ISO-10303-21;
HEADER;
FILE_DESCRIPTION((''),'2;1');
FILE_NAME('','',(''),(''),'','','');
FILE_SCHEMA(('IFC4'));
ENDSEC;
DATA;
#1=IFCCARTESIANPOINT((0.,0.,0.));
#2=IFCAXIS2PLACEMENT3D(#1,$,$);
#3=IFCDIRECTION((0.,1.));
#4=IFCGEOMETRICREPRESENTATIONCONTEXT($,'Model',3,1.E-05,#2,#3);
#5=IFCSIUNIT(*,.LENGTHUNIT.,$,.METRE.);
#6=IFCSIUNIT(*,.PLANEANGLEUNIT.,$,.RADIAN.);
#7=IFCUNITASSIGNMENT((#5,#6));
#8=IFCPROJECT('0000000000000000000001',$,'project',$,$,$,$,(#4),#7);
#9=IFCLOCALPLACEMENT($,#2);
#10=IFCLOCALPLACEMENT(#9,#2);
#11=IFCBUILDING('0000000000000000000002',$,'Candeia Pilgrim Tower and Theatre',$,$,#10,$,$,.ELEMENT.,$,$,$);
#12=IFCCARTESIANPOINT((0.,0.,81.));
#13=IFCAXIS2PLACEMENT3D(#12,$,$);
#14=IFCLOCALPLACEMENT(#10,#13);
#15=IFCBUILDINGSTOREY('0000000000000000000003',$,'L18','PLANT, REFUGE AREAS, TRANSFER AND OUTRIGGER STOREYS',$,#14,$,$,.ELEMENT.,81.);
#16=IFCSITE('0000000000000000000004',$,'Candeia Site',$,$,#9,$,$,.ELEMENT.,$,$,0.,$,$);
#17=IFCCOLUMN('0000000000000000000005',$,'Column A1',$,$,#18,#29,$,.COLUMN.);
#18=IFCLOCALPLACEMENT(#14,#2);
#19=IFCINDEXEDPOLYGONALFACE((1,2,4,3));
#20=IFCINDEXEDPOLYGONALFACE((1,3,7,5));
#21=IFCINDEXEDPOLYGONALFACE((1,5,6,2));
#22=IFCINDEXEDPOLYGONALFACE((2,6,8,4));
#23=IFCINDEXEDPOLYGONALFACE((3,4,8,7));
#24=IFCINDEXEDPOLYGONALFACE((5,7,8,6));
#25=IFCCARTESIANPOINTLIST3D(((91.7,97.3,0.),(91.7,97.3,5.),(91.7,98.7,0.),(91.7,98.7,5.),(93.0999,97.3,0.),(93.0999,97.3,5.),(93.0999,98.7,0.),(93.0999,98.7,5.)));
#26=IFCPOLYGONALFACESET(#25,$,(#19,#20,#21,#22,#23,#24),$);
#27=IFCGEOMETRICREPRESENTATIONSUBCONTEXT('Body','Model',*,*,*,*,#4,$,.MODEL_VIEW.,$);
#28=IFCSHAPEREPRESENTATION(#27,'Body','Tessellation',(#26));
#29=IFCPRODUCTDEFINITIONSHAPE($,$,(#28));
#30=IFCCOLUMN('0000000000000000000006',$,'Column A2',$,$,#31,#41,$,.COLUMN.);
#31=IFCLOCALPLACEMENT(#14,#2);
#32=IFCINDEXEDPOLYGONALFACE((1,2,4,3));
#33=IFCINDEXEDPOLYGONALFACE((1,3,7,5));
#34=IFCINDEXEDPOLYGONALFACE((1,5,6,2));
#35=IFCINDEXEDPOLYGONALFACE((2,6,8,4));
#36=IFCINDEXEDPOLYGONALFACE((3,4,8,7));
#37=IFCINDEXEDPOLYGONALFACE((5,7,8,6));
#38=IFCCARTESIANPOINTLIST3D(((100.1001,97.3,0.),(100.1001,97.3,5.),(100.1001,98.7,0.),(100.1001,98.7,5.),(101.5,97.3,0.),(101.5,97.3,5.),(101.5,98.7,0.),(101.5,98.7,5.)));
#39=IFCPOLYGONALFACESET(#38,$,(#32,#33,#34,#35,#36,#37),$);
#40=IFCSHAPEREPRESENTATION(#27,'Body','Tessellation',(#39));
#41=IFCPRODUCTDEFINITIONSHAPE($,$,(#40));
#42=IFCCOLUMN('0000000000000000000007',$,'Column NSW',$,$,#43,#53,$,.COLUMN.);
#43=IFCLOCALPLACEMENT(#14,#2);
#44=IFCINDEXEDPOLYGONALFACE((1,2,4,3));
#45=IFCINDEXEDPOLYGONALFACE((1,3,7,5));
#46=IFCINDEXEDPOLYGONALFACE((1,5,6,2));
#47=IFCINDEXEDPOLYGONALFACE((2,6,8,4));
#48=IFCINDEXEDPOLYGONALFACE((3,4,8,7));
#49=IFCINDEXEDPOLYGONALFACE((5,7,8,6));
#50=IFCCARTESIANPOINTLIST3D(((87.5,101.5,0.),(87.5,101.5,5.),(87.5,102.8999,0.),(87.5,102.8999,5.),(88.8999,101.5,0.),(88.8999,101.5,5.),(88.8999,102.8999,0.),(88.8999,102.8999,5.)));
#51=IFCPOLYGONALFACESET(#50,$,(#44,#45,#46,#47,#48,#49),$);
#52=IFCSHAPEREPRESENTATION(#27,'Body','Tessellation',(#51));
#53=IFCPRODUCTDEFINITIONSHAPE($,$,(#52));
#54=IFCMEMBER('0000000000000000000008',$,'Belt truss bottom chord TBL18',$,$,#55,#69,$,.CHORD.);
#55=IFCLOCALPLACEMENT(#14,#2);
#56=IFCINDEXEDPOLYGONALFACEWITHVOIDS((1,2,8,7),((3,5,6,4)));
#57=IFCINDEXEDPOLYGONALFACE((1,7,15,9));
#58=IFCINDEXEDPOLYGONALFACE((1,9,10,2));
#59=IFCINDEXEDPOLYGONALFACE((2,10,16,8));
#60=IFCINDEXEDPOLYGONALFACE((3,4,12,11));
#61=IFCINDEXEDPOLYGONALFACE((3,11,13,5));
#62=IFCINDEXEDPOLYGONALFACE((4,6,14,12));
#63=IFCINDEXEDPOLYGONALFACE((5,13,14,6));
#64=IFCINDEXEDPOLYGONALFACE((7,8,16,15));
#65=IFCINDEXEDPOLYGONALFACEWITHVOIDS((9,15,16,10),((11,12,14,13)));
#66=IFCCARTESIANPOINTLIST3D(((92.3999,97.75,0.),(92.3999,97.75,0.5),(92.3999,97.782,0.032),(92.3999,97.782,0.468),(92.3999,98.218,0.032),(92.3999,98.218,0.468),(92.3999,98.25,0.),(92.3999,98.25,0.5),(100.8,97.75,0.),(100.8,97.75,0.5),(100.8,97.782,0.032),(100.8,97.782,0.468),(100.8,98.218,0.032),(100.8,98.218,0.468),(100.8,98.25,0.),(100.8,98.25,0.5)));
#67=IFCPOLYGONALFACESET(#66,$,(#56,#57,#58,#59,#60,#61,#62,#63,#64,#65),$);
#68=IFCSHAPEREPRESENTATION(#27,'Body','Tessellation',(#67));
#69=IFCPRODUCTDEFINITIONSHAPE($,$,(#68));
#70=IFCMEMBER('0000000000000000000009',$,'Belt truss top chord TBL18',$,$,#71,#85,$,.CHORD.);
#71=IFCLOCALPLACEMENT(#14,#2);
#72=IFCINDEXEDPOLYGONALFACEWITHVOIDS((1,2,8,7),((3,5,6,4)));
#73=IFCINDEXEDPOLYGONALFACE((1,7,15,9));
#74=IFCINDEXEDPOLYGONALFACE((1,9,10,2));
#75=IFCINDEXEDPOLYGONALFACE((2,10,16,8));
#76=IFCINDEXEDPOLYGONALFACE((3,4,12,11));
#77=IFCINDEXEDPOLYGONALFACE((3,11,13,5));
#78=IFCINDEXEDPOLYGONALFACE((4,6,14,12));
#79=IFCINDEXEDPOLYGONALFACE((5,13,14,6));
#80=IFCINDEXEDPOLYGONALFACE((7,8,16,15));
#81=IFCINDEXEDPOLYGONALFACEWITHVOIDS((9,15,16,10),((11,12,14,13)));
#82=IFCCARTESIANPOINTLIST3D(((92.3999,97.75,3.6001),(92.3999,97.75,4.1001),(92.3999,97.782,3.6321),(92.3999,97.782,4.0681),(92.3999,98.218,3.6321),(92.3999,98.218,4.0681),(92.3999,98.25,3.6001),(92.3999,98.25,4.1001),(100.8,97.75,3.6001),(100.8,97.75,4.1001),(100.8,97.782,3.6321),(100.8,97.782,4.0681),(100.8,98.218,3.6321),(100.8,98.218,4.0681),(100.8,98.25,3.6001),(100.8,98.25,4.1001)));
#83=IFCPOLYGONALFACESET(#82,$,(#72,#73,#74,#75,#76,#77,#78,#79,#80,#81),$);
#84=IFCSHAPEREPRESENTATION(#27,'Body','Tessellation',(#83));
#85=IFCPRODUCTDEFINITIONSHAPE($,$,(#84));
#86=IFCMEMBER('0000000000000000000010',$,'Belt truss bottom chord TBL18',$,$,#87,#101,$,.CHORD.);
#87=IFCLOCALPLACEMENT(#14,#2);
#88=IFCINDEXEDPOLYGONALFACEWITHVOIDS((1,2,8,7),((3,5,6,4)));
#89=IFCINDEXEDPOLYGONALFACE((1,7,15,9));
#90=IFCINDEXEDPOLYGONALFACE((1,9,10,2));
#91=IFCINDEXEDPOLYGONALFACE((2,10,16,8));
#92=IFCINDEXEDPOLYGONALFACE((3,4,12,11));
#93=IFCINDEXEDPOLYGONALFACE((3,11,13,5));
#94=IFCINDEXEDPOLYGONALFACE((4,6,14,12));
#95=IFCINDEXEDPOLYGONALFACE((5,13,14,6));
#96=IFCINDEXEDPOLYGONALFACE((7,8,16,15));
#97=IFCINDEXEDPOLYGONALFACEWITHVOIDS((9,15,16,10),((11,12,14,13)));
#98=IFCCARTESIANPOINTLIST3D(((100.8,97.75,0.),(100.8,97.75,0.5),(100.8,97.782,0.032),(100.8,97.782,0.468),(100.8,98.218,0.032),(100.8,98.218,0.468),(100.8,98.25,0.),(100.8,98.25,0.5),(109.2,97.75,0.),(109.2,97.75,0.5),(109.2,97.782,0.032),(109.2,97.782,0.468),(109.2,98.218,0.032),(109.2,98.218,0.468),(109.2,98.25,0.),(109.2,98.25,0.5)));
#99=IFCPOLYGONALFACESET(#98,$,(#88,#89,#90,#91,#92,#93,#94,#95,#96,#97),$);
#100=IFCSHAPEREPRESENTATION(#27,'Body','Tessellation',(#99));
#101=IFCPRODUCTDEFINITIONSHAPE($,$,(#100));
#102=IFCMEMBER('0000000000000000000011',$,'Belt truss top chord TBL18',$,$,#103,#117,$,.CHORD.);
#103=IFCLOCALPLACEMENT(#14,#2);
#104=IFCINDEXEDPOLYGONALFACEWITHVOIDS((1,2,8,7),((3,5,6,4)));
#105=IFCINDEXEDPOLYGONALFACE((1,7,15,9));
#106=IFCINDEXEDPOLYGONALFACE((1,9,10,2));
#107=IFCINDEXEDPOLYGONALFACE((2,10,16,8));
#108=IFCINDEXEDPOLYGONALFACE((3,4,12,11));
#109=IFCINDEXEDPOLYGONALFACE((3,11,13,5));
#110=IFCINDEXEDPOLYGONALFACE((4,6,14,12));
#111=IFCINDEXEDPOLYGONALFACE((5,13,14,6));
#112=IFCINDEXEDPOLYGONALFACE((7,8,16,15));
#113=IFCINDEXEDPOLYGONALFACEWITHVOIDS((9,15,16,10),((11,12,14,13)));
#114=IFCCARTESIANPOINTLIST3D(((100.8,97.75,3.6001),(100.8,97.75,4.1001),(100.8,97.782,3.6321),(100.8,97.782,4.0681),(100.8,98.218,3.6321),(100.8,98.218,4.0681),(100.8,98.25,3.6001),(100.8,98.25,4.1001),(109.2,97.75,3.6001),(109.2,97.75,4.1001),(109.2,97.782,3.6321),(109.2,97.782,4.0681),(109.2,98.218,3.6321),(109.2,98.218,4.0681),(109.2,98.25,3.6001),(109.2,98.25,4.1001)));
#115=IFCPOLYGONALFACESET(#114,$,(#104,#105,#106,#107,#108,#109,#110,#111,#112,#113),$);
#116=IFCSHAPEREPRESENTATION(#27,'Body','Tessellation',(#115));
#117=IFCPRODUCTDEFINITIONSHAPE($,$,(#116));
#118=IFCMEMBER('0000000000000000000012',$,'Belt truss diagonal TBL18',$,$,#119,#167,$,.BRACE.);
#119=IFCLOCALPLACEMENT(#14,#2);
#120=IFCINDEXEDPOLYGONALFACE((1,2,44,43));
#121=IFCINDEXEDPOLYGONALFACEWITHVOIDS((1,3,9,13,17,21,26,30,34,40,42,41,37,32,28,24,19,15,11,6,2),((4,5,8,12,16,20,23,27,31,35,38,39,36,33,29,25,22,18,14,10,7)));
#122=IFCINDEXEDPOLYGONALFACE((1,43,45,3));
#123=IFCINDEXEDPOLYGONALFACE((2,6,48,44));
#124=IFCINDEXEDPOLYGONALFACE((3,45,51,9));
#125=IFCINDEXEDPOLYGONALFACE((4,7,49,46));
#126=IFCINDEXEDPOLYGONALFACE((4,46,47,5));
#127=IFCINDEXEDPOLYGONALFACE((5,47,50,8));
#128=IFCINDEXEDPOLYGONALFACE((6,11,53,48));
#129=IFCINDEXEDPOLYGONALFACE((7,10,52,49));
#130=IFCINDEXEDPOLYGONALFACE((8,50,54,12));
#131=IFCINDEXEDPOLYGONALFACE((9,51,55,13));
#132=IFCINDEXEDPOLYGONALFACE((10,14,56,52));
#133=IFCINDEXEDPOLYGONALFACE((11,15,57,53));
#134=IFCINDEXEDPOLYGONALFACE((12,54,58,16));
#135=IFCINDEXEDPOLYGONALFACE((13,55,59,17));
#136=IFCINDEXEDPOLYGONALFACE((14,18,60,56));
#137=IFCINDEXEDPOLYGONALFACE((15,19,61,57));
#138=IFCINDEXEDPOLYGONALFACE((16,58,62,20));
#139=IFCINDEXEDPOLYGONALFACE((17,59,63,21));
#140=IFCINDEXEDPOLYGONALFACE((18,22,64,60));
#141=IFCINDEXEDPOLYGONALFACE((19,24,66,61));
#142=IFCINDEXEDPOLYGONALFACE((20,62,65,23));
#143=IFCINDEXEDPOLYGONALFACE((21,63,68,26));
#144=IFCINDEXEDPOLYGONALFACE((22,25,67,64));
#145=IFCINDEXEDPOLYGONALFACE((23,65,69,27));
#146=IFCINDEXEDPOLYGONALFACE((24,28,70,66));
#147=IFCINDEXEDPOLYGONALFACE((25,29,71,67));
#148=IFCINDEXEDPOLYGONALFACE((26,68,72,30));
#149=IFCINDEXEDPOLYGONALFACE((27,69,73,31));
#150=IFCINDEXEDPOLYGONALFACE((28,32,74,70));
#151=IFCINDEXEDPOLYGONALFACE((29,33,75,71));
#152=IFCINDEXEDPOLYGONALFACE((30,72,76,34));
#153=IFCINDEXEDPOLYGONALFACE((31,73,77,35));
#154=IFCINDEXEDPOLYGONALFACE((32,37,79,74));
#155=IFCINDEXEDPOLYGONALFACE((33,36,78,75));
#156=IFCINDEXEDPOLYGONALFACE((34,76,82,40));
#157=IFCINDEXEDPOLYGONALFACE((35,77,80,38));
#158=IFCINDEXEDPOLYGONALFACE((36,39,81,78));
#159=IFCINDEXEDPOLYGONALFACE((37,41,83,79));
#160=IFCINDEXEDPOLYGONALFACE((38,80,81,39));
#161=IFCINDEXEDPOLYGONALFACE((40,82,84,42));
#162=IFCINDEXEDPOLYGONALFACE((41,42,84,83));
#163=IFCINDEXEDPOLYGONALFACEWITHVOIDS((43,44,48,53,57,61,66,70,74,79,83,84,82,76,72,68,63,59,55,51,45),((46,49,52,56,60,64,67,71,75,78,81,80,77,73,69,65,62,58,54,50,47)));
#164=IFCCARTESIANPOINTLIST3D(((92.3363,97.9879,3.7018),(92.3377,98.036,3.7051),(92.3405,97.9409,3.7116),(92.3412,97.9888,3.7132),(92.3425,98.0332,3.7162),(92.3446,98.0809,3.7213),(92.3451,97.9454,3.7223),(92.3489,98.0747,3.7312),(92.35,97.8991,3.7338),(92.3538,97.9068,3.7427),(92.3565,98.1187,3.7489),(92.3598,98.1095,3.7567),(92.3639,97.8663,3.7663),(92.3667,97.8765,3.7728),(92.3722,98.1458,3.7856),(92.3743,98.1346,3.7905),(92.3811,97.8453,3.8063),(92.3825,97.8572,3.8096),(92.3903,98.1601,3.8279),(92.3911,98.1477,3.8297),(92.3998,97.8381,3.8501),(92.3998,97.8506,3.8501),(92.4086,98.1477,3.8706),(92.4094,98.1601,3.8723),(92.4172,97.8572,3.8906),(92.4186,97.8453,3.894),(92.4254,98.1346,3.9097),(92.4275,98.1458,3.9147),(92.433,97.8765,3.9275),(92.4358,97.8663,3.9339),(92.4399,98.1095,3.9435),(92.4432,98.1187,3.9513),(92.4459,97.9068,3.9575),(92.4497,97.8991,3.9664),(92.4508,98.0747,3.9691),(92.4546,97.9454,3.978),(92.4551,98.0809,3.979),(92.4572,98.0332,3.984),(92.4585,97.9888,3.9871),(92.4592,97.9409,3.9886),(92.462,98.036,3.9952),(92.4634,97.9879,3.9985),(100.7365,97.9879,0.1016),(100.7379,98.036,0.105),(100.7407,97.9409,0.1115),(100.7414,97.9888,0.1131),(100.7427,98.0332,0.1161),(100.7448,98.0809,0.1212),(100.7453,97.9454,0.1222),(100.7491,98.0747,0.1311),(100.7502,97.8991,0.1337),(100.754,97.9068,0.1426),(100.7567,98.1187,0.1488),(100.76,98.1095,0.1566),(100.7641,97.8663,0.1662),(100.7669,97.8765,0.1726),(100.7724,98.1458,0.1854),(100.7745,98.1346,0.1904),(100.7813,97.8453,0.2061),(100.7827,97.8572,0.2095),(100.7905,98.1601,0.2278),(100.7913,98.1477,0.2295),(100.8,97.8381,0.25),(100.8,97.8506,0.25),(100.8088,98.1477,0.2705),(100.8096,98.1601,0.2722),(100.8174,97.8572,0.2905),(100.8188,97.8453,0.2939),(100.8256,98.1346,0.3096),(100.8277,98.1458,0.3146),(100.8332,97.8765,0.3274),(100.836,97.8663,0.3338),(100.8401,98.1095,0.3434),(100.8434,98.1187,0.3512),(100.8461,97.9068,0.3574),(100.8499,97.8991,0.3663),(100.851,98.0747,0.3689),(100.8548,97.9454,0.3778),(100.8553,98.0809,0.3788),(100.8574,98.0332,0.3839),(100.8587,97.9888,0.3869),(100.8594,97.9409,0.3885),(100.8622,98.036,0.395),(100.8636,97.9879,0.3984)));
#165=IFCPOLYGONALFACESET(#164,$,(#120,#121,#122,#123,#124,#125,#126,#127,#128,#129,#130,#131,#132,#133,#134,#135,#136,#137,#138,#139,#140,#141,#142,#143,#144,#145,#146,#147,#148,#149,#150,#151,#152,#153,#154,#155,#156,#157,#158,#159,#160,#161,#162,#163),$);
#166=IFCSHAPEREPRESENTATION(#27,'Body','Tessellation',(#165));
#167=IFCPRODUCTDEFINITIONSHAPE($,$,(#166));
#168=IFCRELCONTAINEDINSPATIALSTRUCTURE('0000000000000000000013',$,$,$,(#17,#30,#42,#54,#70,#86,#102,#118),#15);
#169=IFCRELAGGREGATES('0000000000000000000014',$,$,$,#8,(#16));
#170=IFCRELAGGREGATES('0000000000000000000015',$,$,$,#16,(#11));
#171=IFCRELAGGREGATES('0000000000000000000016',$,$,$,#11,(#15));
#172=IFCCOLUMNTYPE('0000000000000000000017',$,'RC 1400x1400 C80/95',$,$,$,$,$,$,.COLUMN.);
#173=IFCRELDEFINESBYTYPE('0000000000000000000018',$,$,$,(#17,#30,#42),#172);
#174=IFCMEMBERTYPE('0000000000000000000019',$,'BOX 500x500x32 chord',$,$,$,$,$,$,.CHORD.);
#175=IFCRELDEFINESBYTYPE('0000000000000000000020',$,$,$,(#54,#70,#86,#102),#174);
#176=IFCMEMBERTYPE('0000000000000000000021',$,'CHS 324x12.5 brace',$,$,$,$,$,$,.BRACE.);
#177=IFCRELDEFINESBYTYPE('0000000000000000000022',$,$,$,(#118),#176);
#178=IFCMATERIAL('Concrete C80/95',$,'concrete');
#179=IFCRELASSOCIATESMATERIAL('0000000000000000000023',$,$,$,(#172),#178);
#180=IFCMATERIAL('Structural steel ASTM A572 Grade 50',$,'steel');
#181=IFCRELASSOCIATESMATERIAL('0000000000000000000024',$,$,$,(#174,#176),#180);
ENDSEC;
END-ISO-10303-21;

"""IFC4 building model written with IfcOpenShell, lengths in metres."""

from ifc_helpers import new_model, si_unit, direction, frame, origin, origin_2d, place, context, subcontext, project, spatial, rectangle, hollow_rectangle, hollow_circle, extrude, material, material_profile, profile_set, type_object, element, save


model = new_model("IFC4")

# Units and contexts
model_context = context("Model", 3, precision=1e-05, world=origin(), true_north=direction((0.0, 1.0)))
body_context = subcontext(model_context, "Body", "Model", "MODEL_VIEW")
ifc_project = project(units=[si_unit("LENGTHUNIT", "METRE"), si_unit("PLANEANGLEUNIT", "RADIAN")], contexts=[model_context])

# Site, building, storey
site_placement = place(None, origin())
site = spatial("IfcSite", under=ifc_project, at=site_placement, Name="Candeia Site", CompositionType="ELEMENT", RefElevation=0.0)
building_placement = place(site_placement, origin())
building = spatial("IfcBuilding", under=site, at=building_placement, Name="Candeia Pilgrim Tower and Theatre", CompositionType="ELEMENT")
storey_placement = place(building_placement, frame((0.0, 0.0, 81.0)))
storey = spatial("IfcBuildingStorey", under=building, at=storey_placement, Name="L18", Description="PLANT, REFUGE AREAS, TRANSFER AND OUTRIGGER STOREYS", CompositionType="ELEMENT", Elevation=81.0)

# Columns
ifc_material_1 = material(Name="Concrete C80/95", Category="concrete")
ifc_material_profile_1 = material_profile(ifc_material_1, rectangle(XDim=1.3999, YDim=1.3999, at=origin_2d()))
ifc_profile_set_1 = profile_set([ifc_material_profile_1], Name="Concrete C80/95")
column_type = type_object("IfcColumnType", Name="RC 1400x1400 C80/95", PredefinedType="COLUMN", material=ifc_profile_set_1)
for number, where, z_axis, x_axis, name in (
    (1, (92.3999, 98.0, 0.0), (0.0, 0.0, 1.0), (1.0, 0.0, 0.0), "Column A1"),
    (2, (100.8, 98.0, 0.0), (0.0, 0.0, 1.0), (1.0, 0.0, 0.0), "Column A2"),
    (3, (88.2, 102.2, 0.0), (0.0, 0.0, 1.0), (1.0, 0.0, 0.0), "Column NSW"),
):
    element("IfcColumn", number, at=place(storey_placement, frame(where, z_axis=z_axis, x_axis=x_axis)), inside=storey, type_object=column_type, Name=name, PredefinedType="COLUMN", context=body_context, shape_type="SweptSolid", body=[
        extrude(rectangle(XDim=1.3999, YDim=1.3999, at=origin_2d()), origin(), (0.0, 0.0, 1.0), 5.0),
    ])

# Members
ifc_material_2 = material(Name="Structural steel ASTM A572 Grade 50", Category="steel")
ifc_material_profile_2 = material_profile(ifc_material_2, hollow_rectangle(XDim=0.5, YDim=0.5, WallThickness=0.032, at=origin_2d()))
ifc_profile_set_2 = profile_set([ifc_material_profile_2], Name="Structural steel ASTM A572 Grade 50")
member_type_1 = type_object("IfcMemberType", Name="BOX 500x500x32 chord", PredefinedType="CHORD", material=ifc_profile_set_2)
for number, where, z_axis, x_axis, name in (
    (4, (92.3999, 98.0, 0.25), (1.0, 0.0, 0.0), (0.0, 1.0, 0.0), "Belt truss bottom chord TBL18"),
    (5, (92.3999, 98.0, 3.8501), (1.0, 0.0, 0.0), (0.0, 1.0, 0.0), "Belt truss top chord TBL18"),
):
    element("IfcMember", number, at=place(storey_placement, frame(where, z_axis=z_axis, x_axis=x_axis)), inside=storey, type_object=member_type_1, Name=name, PredefinedType="CHORD", context=body_context, shape_type="SweptSolid", body=[
        extrude(hollow_rectangle(XDim=0.5, YDim=0.5, WallThickness=0.032, at=origin_2d()), origin(), (0.0, 0.0, 1.0), 8.4001),
    ])
for number, where, z_axis, x_axis, name in (
    (6, (100.8, 98.0, 0.25), (1.0, 0.0, 0.0), (0.0, 1.0, 0.0), "Belt truss bottom chord TBL18"),
    (7, (100.8, 98.0, 3.8501), (1.0, 0.0, 0.0), (0.0, 1.0, 0.0), "Belt truss top chord TBL18"),
):
    element("IfcMember", number, at=place(storey_placement, frame(where, z_axis=z_axis, x_axis=x_axis)), inside=storey, type_object=member_type_1, Name=name, PredefinedType="CHORD", context=body_context, shape_type="SweptSolid", body=[
        extrude(hollow_rectangle(XDim=0.5, YDim=0.5, WallThickness=0.032, at=origin_2d()), origin(), (0.0, 0.0, 1.0), 8.3999),
    ])
ifc_material_profile_3 = material_profile(ifc_material_2, hollow_circle(Radius=0.1619, WallThickness=0.0125, at=origin_2d()))
ifc_profile_set_3 = profile_set([ifc_material_profile_3], Name="Structural steel ASTM A572 Grade 50")
member_type_2 = type_object("IfcMemberType", Name="CHS 324x12.5 brace", PredefinedType="BRACE", material=ifc_profile_set_3)
member_1_placement = place(storey_placement, frame((100.8, 98.0, 0.25), z_axis=(-0.919144, 0.0, 0.393923), x_axis=(0.0, -1.0, 0.0)))
element("IfcMember", 8, at=member_1_placement, inside=storey, type_object=member_type_2, Name="Belt truss diagonal TBL18", PredefinedType="BRACE", context=body_context, shape_type="SweptSolid", body=[
    extrude(hollow_circle(Radius=0.1619, WallThickness=0.0125, at=origin_2d()), origin(), (0.0, 0.0, 1.0), 9.1392),
])

save(model, "model.ifc")
